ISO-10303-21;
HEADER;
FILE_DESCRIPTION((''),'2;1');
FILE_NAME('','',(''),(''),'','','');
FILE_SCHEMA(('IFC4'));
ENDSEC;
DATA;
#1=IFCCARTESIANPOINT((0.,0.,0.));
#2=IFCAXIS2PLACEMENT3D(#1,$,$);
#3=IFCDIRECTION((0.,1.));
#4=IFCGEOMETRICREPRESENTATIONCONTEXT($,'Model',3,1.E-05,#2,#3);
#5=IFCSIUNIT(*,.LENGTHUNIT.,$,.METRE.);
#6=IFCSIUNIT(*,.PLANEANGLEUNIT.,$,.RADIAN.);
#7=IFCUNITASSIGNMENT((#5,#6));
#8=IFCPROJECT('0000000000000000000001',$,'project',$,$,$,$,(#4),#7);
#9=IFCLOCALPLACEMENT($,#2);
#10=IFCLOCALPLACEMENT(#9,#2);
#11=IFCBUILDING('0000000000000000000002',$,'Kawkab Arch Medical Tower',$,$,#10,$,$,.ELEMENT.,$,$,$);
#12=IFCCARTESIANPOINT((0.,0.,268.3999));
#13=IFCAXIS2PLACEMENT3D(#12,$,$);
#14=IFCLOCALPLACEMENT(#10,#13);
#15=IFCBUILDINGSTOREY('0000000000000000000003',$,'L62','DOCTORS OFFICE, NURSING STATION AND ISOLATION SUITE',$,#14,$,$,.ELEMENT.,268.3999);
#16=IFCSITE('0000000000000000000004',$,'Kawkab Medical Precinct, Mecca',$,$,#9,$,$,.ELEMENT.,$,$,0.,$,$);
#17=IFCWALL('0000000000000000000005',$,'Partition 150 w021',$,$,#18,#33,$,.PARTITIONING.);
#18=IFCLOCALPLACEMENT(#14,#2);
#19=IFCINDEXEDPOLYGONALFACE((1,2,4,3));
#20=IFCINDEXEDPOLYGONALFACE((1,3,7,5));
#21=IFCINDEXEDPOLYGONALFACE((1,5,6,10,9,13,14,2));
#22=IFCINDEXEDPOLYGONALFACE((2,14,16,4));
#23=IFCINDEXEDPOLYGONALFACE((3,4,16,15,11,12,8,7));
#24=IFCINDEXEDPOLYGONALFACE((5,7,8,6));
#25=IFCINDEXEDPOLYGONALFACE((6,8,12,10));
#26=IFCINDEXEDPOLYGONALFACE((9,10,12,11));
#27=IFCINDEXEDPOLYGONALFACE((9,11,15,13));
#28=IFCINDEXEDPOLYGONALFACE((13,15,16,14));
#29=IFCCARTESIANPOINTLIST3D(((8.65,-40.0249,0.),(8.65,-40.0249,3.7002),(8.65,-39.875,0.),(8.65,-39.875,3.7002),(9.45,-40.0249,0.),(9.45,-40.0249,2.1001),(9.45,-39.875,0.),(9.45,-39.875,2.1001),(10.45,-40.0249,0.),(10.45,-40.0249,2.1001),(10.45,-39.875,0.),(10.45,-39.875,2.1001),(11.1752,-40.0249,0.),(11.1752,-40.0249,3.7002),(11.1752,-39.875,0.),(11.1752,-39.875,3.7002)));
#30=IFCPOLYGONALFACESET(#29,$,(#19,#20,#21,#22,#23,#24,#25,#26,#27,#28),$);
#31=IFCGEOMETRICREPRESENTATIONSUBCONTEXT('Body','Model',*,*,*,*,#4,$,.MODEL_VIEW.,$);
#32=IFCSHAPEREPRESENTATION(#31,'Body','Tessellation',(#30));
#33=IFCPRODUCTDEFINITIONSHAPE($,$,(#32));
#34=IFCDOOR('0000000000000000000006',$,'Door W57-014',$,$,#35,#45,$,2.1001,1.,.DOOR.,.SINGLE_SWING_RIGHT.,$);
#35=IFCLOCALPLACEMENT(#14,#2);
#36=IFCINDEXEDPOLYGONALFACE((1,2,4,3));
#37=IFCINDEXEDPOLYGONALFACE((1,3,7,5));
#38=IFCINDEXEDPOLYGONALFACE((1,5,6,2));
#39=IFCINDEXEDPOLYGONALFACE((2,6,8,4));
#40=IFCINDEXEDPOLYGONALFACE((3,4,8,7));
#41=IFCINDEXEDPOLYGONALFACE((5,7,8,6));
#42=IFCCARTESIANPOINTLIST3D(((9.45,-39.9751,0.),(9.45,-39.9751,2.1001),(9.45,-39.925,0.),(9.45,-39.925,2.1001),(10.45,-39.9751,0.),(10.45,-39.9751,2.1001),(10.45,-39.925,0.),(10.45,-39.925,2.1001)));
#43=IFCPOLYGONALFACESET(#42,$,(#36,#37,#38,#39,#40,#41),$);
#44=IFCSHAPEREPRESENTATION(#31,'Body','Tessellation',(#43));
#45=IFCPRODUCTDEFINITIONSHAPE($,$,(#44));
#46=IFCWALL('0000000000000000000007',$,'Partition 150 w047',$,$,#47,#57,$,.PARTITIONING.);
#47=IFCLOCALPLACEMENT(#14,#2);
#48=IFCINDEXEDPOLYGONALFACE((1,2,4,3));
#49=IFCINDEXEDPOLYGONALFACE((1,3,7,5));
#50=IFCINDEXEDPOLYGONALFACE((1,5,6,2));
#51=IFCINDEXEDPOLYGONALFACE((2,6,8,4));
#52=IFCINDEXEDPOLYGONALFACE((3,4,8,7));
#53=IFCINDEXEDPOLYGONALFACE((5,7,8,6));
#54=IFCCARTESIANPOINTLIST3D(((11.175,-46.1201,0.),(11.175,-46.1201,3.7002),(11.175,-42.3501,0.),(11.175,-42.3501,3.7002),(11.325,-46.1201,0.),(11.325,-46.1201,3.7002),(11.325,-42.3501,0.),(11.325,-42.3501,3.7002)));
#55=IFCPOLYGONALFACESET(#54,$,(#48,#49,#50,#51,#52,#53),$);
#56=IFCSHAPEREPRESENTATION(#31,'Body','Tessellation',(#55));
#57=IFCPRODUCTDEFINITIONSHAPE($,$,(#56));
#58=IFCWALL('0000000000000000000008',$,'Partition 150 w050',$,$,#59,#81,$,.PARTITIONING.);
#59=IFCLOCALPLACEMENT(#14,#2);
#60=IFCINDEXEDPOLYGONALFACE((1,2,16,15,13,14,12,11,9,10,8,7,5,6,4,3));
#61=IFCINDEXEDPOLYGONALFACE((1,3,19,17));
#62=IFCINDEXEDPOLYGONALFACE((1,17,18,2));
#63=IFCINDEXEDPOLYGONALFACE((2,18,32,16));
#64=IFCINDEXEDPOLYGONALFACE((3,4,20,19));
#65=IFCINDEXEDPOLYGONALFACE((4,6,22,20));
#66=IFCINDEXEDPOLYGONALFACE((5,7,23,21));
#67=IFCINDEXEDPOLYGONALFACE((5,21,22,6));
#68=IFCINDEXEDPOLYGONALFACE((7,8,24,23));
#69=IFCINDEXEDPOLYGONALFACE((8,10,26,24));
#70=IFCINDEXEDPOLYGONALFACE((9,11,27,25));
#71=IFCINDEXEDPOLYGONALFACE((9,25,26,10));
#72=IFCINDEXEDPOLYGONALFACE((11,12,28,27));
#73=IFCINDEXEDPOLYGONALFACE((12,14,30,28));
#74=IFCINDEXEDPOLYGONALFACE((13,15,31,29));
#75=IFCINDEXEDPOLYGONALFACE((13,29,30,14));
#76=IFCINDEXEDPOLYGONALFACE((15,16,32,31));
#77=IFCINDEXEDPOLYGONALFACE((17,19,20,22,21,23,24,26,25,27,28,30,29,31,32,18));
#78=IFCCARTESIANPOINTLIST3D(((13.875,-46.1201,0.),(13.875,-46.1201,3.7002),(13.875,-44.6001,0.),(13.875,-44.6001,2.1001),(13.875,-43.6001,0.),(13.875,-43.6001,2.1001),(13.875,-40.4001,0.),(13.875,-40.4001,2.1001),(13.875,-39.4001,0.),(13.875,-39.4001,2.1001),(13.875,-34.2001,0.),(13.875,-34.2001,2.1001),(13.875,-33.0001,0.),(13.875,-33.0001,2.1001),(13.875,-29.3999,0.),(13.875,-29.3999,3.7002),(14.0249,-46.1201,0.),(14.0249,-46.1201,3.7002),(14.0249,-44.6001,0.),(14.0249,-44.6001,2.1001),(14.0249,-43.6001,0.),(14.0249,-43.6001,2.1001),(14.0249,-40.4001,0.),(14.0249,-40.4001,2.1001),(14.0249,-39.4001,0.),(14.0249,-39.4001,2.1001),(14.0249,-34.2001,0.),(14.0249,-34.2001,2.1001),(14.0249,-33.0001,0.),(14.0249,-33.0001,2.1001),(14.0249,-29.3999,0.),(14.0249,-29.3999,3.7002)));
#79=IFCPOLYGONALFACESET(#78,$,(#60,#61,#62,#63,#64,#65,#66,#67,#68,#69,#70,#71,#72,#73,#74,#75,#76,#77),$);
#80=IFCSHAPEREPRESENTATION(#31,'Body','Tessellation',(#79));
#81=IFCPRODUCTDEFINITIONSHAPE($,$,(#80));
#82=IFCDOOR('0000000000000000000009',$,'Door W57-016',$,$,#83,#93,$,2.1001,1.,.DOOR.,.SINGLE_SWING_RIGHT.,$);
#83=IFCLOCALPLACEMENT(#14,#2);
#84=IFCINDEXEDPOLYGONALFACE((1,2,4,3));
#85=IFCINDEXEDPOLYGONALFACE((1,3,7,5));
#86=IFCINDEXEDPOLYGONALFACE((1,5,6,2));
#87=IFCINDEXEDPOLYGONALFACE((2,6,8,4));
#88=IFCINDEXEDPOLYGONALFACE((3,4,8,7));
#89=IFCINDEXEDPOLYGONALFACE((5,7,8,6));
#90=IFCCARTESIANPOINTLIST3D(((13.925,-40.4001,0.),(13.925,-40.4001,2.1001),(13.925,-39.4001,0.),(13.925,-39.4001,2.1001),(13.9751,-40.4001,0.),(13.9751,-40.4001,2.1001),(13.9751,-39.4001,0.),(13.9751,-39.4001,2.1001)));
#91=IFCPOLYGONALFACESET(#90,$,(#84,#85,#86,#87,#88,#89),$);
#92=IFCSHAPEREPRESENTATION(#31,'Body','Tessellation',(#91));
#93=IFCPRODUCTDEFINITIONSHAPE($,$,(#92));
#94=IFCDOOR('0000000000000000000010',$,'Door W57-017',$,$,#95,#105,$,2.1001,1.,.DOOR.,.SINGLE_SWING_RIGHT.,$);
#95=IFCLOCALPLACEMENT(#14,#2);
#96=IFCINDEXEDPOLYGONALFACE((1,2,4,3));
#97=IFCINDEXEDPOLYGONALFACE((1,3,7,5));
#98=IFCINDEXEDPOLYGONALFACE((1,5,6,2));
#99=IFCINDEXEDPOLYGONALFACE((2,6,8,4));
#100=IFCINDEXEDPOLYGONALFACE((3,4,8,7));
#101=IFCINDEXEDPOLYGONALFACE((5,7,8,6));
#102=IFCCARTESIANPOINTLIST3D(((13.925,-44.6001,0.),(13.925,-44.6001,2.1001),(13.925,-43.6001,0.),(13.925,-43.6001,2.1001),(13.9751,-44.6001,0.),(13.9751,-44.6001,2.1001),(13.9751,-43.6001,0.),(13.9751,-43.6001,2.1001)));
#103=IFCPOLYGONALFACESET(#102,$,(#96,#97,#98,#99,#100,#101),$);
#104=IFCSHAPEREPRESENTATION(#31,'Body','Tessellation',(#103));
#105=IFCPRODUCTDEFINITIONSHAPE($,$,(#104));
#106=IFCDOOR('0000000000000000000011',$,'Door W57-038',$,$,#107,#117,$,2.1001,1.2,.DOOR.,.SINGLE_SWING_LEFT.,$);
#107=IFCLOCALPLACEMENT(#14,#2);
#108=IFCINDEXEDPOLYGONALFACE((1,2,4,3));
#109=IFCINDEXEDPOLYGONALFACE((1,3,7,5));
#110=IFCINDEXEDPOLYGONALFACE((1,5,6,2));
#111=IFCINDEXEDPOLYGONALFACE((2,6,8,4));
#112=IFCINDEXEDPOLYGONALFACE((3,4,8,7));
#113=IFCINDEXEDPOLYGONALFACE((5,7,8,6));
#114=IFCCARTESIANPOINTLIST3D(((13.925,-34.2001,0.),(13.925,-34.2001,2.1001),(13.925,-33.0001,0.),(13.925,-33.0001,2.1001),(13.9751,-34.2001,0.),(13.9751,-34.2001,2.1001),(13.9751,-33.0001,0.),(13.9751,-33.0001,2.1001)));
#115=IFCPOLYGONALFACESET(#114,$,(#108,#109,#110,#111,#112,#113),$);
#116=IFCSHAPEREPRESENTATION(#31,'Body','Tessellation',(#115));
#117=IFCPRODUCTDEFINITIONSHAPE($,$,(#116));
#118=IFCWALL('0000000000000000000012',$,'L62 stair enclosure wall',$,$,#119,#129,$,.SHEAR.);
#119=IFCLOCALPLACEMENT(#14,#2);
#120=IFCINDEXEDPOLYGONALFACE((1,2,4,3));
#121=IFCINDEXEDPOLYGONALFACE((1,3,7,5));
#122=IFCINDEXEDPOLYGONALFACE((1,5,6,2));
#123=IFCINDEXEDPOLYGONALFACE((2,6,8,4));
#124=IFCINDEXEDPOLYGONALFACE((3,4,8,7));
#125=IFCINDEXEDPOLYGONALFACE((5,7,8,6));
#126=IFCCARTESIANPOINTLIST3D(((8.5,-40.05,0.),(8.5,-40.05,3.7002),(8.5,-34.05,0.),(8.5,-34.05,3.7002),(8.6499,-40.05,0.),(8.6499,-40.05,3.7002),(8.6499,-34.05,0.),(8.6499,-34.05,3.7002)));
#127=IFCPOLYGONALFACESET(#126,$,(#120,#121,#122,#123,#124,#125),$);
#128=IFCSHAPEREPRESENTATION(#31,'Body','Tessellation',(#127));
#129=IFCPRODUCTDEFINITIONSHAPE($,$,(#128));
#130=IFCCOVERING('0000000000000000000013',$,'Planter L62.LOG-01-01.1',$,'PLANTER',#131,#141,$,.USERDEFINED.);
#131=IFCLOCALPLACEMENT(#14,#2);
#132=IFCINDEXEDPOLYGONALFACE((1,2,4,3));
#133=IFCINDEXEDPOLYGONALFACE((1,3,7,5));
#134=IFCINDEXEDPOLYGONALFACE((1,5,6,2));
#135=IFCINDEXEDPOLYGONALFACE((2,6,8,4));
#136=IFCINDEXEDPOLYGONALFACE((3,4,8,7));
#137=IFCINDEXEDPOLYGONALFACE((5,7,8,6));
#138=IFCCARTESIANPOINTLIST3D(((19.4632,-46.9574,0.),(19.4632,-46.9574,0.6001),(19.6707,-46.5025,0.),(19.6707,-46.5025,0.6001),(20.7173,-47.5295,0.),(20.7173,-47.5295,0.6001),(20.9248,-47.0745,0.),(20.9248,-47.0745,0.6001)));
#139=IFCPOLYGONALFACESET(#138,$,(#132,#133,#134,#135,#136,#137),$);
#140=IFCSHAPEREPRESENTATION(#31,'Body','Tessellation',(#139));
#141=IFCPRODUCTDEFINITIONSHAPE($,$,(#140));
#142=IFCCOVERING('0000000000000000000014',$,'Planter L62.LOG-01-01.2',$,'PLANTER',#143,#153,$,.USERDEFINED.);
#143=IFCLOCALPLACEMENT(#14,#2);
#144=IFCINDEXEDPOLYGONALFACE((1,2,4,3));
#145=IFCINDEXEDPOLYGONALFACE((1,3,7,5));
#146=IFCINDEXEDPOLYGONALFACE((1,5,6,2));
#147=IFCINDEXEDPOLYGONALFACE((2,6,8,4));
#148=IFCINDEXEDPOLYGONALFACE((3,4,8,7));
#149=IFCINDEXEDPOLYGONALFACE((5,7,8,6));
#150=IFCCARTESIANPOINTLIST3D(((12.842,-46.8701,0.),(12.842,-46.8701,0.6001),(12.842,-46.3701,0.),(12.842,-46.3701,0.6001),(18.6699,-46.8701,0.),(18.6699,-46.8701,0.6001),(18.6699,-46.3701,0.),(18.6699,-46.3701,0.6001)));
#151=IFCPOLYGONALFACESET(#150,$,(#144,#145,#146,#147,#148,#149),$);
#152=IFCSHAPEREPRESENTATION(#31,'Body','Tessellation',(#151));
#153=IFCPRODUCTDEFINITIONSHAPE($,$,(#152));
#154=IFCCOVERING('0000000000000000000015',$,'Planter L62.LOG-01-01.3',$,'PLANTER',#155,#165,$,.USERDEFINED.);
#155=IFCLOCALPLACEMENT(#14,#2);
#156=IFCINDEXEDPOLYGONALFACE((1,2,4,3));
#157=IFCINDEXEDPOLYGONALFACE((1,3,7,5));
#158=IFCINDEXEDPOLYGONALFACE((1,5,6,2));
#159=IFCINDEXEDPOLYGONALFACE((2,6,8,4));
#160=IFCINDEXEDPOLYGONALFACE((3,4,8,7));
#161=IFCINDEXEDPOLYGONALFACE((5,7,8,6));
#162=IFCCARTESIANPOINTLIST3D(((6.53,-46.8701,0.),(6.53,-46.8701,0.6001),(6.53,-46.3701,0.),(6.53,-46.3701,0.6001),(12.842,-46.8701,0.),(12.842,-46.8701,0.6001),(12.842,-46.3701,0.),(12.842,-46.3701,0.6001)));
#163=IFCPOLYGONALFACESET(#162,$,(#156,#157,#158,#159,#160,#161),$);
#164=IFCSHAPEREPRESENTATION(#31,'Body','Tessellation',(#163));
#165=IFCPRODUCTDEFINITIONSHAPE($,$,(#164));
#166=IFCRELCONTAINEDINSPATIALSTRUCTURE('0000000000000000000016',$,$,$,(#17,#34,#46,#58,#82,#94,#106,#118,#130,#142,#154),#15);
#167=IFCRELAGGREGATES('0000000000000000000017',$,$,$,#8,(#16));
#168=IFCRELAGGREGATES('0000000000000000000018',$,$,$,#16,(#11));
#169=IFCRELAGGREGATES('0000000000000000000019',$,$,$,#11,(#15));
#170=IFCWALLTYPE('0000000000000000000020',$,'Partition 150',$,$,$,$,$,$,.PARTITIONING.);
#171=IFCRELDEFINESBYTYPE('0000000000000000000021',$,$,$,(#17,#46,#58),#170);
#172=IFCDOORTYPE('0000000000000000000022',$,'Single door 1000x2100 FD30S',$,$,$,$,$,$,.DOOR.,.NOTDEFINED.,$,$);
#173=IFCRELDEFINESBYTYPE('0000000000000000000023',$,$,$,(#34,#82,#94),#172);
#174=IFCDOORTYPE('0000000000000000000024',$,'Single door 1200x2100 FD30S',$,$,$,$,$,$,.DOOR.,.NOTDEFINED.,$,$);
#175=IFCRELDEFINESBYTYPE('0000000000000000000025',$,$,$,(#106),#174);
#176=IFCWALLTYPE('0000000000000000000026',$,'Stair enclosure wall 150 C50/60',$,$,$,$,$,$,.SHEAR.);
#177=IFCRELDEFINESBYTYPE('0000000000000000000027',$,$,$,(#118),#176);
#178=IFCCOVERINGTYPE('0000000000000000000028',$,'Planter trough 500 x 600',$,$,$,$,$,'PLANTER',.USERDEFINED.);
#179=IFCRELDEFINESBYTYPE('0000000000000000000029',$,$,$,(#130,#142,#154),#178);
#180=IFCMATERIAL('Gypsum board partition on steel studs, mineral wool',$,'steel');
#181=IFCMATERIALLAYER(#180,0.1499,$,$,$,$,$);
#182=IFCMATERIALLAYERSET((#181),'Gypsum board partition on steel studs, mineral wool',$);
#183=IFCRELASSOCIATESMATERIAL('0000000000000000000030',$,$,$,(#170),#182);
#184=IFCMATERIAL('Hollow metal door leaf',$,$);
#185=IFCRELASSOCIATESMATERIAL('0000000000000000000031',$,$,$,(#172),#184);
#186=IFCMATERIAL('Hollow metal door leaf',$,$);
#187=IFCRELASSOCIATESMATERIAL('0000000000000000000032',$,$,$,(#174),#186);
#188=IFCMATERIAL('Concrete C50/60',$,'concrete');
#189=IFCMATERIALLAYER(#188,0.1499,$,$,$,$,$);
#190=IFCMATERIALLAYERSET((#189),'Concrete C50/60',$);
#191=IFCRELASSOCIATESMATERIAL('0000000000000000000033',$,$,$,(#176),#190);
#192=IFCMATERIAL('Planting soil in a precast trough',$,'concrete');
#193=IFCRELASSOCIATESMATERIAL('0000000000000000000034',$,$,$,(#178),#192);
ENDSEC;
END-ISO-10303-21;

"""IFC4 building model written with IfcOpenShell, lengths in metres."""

from ifc_helpers import new_model, si_unit, direction, frame, frame_2d, origin, origin_2d, place, context, subcontext, project, spatial, rectangle, extrude, material, layer, layer_set, material_profile, profile_set, type_object, element, fill, save


model = new_model("IFC4")

# Units and contexts
model_context = context("Model", 3, precision=1e-05, world=origin(), true_north=direction((0.0, 1.0)))
body_context = subcontext(model_context, "Body", "Model", "MODEL_VIEW")
ifc_project = project(units=[si_unit("LENGTHUNIT", "METRE"), si_unit("PLANEANGLEUNIT", "RADIAN")], contexts=[model_context])

# Site, building, storey
site_placement = place(None, origin())
site = spatial("IfcSite", under=ifc_project, at=site_placement, Name="Kawkab Medical Precinct, Mecca", CompositionType="ELEMENT", RefElevation=0.0)
building_placement = place(site_placement, origin())
building = spatial("IfcBuilding", under=site, at=building_placement, Name="Kawkab Arch Medical Tower", CompositionType="ELEMENT")
storey_placement = place(building_placement, frame((0.0, 0.0, 268.3999)))
storey = spatial("IfcBuildingStorey", under=building, at=storey_placement, Name="L62", Description="DOCTORS OFFICE, NURSING STATION AND ISOLATION SUITE", CompositionType="ELEMENT", Elevation=268.3999)

# Shared definitions
ifc_material_1 = material(Name="Gypsum board partition on steel studs, mineral wool", Category="steel")
ifc_layer_1 = layer(ifc_material_1, 0.1499)
ifc_layer_set_1 = layer_set([ifc_layer_1], Name="Gypsum board partition on steel studs, mineral wool")
wall_type_1 = type_object("IfcWallType", Name="Partition 150", PredefinedType="PARTITIONING", material=ifc_layer_set_1)

# Wall, opening, door
wall_1_placement = place(storey_placement, frame((8.6499, -39.95, 0.0), z_axis=(0.0, 0.0, 1.0), x_axis=(1.0, 0.0, 0.0)))
wall_1 = element("IfcWall", 1, at=wall_1_placement, inside=storey, type_object=wall_type_1, Name="Partition 150 w021", PredefinedType="PARTITIONING", context=body_context, shape_type="SweptSolid", body=[
    extrude(rectangle(XDim=2.5251, YDim=0.1499, at=frame_2d((1.2627, 0.0))), origin(), (0.0, 0.0, 1.0), 3.7002),
])
opening_1_placement = place(wall_1_placement, frame((0.8, 0.0, 0.0)))
opening_1 = element("IfcOpeningElement", 2, at=opening_1_placement, cuts=wall_1, PredefinedType="OPENING", context=body_context, shape_type="SweptSolid", body=[
    extrude(rectangle(XDim=1.0, YDim=2.1001, at=frame_2d((0.5, 1.05))), frame((0.0, 0.085, 0.0), z_axis=(0.0, -1.0, 0.0), x_axis=(1.0, 0.0, 0.0)), (0.0, 0.0, 1.0), 0.1699),
])
ifc_material_2 = material(Name="Hollow metal door leaf")
door_type_1 = type_object("IfcDoorType", Name="Single door 1000x2100 FD30S", OperationType="NOTDEFINED", PredefinedType="DOOR", material=ifc_material_2)
door_1_placement = place(opening_1_placement, origin())
door_1 = element("IfcDoor", 3, at=door_1_placement, inside=storey, type_object=door_type_1, Name="Door W57-014", OperationType="SINGLE_SWING_RIGHT", OverallHeight=2.1001, OverallWidth=1.0, PredefinedType="DOOR", context=body_context, shape_type="SweptSolid", body=[
    extrude(rectangle(XDim=1.0, YDim=2.1001, at=frame_2d((0.5, 1.05))), frame((0.0, 0.0249, 0.0), z_axis=(0.0, -1.0, 0.0), x_axis=(1.0, 0.0, 0.0)), (0.0, 0.0, 1.0), 0.05),
])
fill(opening_1, door_1)

# Wall
wall_2_placement = place(storey_placement, frame((11.25, -46.1201, 0.0), z_axis=(0.0, 0.0, 1.0), x_axis=(0.0, 1.0, 0.0)))
element("IfcWall", 4, at=wall_2_placement, inside=storey, type_object=wall_type_1, Name="Partition 150 w047", PredefinedType="PARTITIONING", context=body_context, shape_type="SweptSolid", body=[
    extrude(rectangle(XDim=3.77, YDim=0.1499, at=frame_2d((1.885, 0.0))), origin(), (0.0, 0.0, 1.0), 3.7002),
])

# Wall, openings, doors
wall_3_placement = place(storey_placement, frame((13.95, -46.1201, 0.0), z_axis=(0.0, 0.0, 1.0), x_axis=(0.0, 1.0, 0.0)))
wall_3 = element("IfcWall", 5, at=wall_3_placement, inside=storey, type_object=wall_type_1, Name="Partition 150 w050", PredefinedType="PARTITIONING", context=body_context, shape_type="SweptSolid", body=[
    extrude(rectangle(XDim=16.7202, YDim=0.1499, at=frame_2d((8.3601, 0.0))), origin(), (0.0, 0.0, 1.0), 3.7002),
])
opening_2_placement = place(wall_3_placement, frame((11.9199, 0.0, 0.0)))
opening_2 = element("IfcOpeningElement", 6, at=opening_2_placement, cuts=wall_3, PredefinedType="OPENING", context=body_context, shape_type="SweptSolid", body=[
    extrude(rectangle(XDim=1.2, YDim=2.1001, at=frame_2d((0.6001, 1.05))), frame((0.0, 0.085, 0.0), z_axis=(0.0, -1.0, 0.0), x_axis=(1.0, 0.0, 0.0)), (0.0, 0.0, 1.0), 0.1699),
])
opening_3_placement = place(wall_3_placement, frame((5.72, 0.0, 0.0)))
opening_3 = element("IfcOpeningElement", 7, at=opening_3_placement, cuts=wall_3, PredefinedType="OPENING", context=body_context, shape_type="SweptSolid", body=[
    extrude(rectangle(XDim=1.0, YDim=2.1001, at=frame_2d((0.5, 1.05))), frame((0.0, 0.085, 0.0), z_axis=(0.0, -1.0, 0.0), x_axis=(1.0, 0.0, 0.0)), (0.0, 0.0, 1.0), 0.1699),
])
opening_4_placement = place(wall_3_placement, frame((1.52, 0.0, 0.0)))
opening_4 = element("IfcOpeningElement", 8, at=opening_4_placement, cuts=wall_3, PredefinedType="OPENING", context=body_context, shape_type="SweptSolid", body=[
    extrude(rectangle(XDim=1.0, YDim=2.1001, at=frame_2d((0.5, 1.05))), frame((0.0, 0.085, 0.0), z_axis=(0.0, -1.0, 0.0), x_axis=(1.0, 0.0, 0.0)), (0.0, 0.0, 1.0), 0.1699),
])
door_2_placement = place(opening_3_placement, origin())
door_2 = element("IfcDoor", 9, at=door_2_placement, inside=storey, type_object=door_type_1, Name="Door W57-016", OperationType="SINGLE_SWING_RIGHT", OverallHeight=2.1001, OverallWidth=1.0, PredefinedType="DOOR", context=body_context, shape_type="SweptSolid", body=[
    extrude(rectangle(XDim=1.0, YDim=2.1001, at=frame_2d((0.5, 1.05))), frame((0.0, 0.0249, 0.0), z_axis=(0.0, -1.0, 0.0), x_axis=(1.0, 0.0, 0.0)), (0.0, 0.0, 1.0), 0.05),
])
fill(opening_3, door_2)
door_3_placement = place(opening_4_placement, origin())
door_3 = element("IfcDoor", 10, at=door_3_placement, inside=storey, type_object=door_type_1, Name="Door W57-017", OperationType="SINGLE_SWING_RIGHT", OverallHeight=2.1001, OverallWidth=1.0, PredefinedType="DOOR", context=body_context, shape_type="SweptSolid", body=[
    extrude(rectangle(XDim=1.0, YDim=2.1001, at=frame_2d((0.5, 1.05))), frame((0.0, 0.0249, 0.0), z_axis=(0.0, -1.0, 0.0), x_axis=(1.0, 0.0, 0.0)), (0.0, 0.0, 1.0), 0.05),
])
fill(opening_4, door_3)
ifc_material_3 = material(Name="Hollow metal door leaf")
door_type_2 = type_object("IfcDoorType", Name="Single door 1200x2100 FD30S", OperationType="NOTDEFINED", PredefinedType="DOOR", material=ifc_material_3)
door_4_placement = place(opening_2_placement, origin())
door_4 = element("IfcDoor", 11, at=door_4_placement, inside=storey, type_object=door_type_2, Name="Door W57-038", OperationType="SINGLE_SWING_LEFT", OverallHeight=2.1001, OverallWidth=1.2, PredefinedType="DOOR", context=body_context, shape_type="SweptSolid", body=[
    extrude(rectangle(XDim=1.2, YDim=2.1001, at=frame_2d((0.6001, 1.05))), frame((0.0, 0.0249, 0.0), z_axis=(0.0, -1.0, 0.0), x_axis=(1.0, 0.0, 0.0)), (0.0, 0.0, 1.0), 0.05),
])
fill(opening_2, door_4)

# Wall
ifc_material_4 = material(Name="Concrete C50/60", Category="concrete")
ifc_layer_2 = layer(ifc_material_4, 0.1499)
ifc_layer_set_2 = layer_set([ifc_layer_2], Name="Concrete C50/60")
wall_type_2 = type_object("IfcWallType", Name="Stair enclosure wall 150 C50/60", PredefinedType="SHEAR", material=ifc_layer_set_2)
wall_4_placement = place(storey_placement, frame((8.575, -40.05, 0.0), z_axis=(0.0, 0.0, 1.0), x_axis=(0.0, 1.0, 0.0)))
element("IfcWall", 12, at=wall_4_placement, inside=storey, type_object=wall_type_2, Name="L62 stair enclosure wall", PredefinedType="SHEAR", context=body_context, shape_type="SweptSolid", body=[
    extrude(rectangle(XDim=6.0, YDim=0.1499, at=frame_2d((3.0, 0.0))), origin(), (0.0, 0.0, 1.0), 3.7002),
])

# Coverings
ifc_material_5 = material(Name="Planting soil in a precast trough", Category="concrete")
ifc_material_profile_1 = material_profile(ifc_material_5, rectangle(XDim=0.5, YDim=0.6001, at=origin_2d()), Name="Trough 500x600")
ifc_profile_set_1 = profile_set([ifc_material_profile_1], Name="Planting soil in a precast trough")
covering_type = type_object("IfcCoveringType", Name="Planter trough 500 x 600", ElementType="PLANTER", PredefinedType="USERDEFINED", material=ifc_profile_set_1)
covering_1_placement = place(storey_placement, frame((20.821, -47.302, 0.3), z_axis=(-0.909832, 0.414977, 0.0), x_axis=(-0.414977, -0.909832, 0.0)))
element("IfcCovering", 13, at=covering_1_placement, inside=storey, type_object=covering_type, Name="Planter L62.LOG-01-01.1", ObjectType="PLANTER", PredefinedType="USERDEFINED", context=body_context, shape_type="SweptSolid", body=[
    extrude(rectangle(XDim=0.5, YDim=0.6001, at=origin_2d()), origin(), (0.0, 0.0, 1.0), 1.3784),
])
covering_2_placement = place(storey_placement, frame((18.6699, -46.6201, 0.3), z_axis=(-1.0, 0.0, 0.0), x_axis=(0.0, -1.0, 0.0)))
element("IfcCovering", 14, at=covering_2_placement, inside=storey, type_object=covering_type, Name="Planter L62.LOG-01-01.2", ObjectType="PLANTER", PredefinedType="USERDEFINED", context=body_context, shape_type="SweptSolid", body=[
    extrude(rectangle(XDim=0.5, YDim=0.6001, at=origin_2d()), origin(), (0.0, 0.0, 1.0), 5.8279),
])
covering_3_placement = place(storey_placement, frame((12.842, -46.6201, 0.3), z_axis=(-1.0, 0.0, 0.0), x_axis=(0.0, -1.0, 0.0)))
element("IfcCovering", 15, at=covering_3_placement, inside=storey, type_object=covering_type, Name="Planter L62.LOG-01-01.3", ObjectType="PLANTER", PredefinedType="USERDEFINED", context=body_context, shape_type="SweptSolid", body=[
    extrude(rectangle(XDim=0.5, YDim=0.6001, at=origin_2d()), origin(), (0.0, 0.0, 1.0), 6.312),
])

save(model, "model.ifc")
